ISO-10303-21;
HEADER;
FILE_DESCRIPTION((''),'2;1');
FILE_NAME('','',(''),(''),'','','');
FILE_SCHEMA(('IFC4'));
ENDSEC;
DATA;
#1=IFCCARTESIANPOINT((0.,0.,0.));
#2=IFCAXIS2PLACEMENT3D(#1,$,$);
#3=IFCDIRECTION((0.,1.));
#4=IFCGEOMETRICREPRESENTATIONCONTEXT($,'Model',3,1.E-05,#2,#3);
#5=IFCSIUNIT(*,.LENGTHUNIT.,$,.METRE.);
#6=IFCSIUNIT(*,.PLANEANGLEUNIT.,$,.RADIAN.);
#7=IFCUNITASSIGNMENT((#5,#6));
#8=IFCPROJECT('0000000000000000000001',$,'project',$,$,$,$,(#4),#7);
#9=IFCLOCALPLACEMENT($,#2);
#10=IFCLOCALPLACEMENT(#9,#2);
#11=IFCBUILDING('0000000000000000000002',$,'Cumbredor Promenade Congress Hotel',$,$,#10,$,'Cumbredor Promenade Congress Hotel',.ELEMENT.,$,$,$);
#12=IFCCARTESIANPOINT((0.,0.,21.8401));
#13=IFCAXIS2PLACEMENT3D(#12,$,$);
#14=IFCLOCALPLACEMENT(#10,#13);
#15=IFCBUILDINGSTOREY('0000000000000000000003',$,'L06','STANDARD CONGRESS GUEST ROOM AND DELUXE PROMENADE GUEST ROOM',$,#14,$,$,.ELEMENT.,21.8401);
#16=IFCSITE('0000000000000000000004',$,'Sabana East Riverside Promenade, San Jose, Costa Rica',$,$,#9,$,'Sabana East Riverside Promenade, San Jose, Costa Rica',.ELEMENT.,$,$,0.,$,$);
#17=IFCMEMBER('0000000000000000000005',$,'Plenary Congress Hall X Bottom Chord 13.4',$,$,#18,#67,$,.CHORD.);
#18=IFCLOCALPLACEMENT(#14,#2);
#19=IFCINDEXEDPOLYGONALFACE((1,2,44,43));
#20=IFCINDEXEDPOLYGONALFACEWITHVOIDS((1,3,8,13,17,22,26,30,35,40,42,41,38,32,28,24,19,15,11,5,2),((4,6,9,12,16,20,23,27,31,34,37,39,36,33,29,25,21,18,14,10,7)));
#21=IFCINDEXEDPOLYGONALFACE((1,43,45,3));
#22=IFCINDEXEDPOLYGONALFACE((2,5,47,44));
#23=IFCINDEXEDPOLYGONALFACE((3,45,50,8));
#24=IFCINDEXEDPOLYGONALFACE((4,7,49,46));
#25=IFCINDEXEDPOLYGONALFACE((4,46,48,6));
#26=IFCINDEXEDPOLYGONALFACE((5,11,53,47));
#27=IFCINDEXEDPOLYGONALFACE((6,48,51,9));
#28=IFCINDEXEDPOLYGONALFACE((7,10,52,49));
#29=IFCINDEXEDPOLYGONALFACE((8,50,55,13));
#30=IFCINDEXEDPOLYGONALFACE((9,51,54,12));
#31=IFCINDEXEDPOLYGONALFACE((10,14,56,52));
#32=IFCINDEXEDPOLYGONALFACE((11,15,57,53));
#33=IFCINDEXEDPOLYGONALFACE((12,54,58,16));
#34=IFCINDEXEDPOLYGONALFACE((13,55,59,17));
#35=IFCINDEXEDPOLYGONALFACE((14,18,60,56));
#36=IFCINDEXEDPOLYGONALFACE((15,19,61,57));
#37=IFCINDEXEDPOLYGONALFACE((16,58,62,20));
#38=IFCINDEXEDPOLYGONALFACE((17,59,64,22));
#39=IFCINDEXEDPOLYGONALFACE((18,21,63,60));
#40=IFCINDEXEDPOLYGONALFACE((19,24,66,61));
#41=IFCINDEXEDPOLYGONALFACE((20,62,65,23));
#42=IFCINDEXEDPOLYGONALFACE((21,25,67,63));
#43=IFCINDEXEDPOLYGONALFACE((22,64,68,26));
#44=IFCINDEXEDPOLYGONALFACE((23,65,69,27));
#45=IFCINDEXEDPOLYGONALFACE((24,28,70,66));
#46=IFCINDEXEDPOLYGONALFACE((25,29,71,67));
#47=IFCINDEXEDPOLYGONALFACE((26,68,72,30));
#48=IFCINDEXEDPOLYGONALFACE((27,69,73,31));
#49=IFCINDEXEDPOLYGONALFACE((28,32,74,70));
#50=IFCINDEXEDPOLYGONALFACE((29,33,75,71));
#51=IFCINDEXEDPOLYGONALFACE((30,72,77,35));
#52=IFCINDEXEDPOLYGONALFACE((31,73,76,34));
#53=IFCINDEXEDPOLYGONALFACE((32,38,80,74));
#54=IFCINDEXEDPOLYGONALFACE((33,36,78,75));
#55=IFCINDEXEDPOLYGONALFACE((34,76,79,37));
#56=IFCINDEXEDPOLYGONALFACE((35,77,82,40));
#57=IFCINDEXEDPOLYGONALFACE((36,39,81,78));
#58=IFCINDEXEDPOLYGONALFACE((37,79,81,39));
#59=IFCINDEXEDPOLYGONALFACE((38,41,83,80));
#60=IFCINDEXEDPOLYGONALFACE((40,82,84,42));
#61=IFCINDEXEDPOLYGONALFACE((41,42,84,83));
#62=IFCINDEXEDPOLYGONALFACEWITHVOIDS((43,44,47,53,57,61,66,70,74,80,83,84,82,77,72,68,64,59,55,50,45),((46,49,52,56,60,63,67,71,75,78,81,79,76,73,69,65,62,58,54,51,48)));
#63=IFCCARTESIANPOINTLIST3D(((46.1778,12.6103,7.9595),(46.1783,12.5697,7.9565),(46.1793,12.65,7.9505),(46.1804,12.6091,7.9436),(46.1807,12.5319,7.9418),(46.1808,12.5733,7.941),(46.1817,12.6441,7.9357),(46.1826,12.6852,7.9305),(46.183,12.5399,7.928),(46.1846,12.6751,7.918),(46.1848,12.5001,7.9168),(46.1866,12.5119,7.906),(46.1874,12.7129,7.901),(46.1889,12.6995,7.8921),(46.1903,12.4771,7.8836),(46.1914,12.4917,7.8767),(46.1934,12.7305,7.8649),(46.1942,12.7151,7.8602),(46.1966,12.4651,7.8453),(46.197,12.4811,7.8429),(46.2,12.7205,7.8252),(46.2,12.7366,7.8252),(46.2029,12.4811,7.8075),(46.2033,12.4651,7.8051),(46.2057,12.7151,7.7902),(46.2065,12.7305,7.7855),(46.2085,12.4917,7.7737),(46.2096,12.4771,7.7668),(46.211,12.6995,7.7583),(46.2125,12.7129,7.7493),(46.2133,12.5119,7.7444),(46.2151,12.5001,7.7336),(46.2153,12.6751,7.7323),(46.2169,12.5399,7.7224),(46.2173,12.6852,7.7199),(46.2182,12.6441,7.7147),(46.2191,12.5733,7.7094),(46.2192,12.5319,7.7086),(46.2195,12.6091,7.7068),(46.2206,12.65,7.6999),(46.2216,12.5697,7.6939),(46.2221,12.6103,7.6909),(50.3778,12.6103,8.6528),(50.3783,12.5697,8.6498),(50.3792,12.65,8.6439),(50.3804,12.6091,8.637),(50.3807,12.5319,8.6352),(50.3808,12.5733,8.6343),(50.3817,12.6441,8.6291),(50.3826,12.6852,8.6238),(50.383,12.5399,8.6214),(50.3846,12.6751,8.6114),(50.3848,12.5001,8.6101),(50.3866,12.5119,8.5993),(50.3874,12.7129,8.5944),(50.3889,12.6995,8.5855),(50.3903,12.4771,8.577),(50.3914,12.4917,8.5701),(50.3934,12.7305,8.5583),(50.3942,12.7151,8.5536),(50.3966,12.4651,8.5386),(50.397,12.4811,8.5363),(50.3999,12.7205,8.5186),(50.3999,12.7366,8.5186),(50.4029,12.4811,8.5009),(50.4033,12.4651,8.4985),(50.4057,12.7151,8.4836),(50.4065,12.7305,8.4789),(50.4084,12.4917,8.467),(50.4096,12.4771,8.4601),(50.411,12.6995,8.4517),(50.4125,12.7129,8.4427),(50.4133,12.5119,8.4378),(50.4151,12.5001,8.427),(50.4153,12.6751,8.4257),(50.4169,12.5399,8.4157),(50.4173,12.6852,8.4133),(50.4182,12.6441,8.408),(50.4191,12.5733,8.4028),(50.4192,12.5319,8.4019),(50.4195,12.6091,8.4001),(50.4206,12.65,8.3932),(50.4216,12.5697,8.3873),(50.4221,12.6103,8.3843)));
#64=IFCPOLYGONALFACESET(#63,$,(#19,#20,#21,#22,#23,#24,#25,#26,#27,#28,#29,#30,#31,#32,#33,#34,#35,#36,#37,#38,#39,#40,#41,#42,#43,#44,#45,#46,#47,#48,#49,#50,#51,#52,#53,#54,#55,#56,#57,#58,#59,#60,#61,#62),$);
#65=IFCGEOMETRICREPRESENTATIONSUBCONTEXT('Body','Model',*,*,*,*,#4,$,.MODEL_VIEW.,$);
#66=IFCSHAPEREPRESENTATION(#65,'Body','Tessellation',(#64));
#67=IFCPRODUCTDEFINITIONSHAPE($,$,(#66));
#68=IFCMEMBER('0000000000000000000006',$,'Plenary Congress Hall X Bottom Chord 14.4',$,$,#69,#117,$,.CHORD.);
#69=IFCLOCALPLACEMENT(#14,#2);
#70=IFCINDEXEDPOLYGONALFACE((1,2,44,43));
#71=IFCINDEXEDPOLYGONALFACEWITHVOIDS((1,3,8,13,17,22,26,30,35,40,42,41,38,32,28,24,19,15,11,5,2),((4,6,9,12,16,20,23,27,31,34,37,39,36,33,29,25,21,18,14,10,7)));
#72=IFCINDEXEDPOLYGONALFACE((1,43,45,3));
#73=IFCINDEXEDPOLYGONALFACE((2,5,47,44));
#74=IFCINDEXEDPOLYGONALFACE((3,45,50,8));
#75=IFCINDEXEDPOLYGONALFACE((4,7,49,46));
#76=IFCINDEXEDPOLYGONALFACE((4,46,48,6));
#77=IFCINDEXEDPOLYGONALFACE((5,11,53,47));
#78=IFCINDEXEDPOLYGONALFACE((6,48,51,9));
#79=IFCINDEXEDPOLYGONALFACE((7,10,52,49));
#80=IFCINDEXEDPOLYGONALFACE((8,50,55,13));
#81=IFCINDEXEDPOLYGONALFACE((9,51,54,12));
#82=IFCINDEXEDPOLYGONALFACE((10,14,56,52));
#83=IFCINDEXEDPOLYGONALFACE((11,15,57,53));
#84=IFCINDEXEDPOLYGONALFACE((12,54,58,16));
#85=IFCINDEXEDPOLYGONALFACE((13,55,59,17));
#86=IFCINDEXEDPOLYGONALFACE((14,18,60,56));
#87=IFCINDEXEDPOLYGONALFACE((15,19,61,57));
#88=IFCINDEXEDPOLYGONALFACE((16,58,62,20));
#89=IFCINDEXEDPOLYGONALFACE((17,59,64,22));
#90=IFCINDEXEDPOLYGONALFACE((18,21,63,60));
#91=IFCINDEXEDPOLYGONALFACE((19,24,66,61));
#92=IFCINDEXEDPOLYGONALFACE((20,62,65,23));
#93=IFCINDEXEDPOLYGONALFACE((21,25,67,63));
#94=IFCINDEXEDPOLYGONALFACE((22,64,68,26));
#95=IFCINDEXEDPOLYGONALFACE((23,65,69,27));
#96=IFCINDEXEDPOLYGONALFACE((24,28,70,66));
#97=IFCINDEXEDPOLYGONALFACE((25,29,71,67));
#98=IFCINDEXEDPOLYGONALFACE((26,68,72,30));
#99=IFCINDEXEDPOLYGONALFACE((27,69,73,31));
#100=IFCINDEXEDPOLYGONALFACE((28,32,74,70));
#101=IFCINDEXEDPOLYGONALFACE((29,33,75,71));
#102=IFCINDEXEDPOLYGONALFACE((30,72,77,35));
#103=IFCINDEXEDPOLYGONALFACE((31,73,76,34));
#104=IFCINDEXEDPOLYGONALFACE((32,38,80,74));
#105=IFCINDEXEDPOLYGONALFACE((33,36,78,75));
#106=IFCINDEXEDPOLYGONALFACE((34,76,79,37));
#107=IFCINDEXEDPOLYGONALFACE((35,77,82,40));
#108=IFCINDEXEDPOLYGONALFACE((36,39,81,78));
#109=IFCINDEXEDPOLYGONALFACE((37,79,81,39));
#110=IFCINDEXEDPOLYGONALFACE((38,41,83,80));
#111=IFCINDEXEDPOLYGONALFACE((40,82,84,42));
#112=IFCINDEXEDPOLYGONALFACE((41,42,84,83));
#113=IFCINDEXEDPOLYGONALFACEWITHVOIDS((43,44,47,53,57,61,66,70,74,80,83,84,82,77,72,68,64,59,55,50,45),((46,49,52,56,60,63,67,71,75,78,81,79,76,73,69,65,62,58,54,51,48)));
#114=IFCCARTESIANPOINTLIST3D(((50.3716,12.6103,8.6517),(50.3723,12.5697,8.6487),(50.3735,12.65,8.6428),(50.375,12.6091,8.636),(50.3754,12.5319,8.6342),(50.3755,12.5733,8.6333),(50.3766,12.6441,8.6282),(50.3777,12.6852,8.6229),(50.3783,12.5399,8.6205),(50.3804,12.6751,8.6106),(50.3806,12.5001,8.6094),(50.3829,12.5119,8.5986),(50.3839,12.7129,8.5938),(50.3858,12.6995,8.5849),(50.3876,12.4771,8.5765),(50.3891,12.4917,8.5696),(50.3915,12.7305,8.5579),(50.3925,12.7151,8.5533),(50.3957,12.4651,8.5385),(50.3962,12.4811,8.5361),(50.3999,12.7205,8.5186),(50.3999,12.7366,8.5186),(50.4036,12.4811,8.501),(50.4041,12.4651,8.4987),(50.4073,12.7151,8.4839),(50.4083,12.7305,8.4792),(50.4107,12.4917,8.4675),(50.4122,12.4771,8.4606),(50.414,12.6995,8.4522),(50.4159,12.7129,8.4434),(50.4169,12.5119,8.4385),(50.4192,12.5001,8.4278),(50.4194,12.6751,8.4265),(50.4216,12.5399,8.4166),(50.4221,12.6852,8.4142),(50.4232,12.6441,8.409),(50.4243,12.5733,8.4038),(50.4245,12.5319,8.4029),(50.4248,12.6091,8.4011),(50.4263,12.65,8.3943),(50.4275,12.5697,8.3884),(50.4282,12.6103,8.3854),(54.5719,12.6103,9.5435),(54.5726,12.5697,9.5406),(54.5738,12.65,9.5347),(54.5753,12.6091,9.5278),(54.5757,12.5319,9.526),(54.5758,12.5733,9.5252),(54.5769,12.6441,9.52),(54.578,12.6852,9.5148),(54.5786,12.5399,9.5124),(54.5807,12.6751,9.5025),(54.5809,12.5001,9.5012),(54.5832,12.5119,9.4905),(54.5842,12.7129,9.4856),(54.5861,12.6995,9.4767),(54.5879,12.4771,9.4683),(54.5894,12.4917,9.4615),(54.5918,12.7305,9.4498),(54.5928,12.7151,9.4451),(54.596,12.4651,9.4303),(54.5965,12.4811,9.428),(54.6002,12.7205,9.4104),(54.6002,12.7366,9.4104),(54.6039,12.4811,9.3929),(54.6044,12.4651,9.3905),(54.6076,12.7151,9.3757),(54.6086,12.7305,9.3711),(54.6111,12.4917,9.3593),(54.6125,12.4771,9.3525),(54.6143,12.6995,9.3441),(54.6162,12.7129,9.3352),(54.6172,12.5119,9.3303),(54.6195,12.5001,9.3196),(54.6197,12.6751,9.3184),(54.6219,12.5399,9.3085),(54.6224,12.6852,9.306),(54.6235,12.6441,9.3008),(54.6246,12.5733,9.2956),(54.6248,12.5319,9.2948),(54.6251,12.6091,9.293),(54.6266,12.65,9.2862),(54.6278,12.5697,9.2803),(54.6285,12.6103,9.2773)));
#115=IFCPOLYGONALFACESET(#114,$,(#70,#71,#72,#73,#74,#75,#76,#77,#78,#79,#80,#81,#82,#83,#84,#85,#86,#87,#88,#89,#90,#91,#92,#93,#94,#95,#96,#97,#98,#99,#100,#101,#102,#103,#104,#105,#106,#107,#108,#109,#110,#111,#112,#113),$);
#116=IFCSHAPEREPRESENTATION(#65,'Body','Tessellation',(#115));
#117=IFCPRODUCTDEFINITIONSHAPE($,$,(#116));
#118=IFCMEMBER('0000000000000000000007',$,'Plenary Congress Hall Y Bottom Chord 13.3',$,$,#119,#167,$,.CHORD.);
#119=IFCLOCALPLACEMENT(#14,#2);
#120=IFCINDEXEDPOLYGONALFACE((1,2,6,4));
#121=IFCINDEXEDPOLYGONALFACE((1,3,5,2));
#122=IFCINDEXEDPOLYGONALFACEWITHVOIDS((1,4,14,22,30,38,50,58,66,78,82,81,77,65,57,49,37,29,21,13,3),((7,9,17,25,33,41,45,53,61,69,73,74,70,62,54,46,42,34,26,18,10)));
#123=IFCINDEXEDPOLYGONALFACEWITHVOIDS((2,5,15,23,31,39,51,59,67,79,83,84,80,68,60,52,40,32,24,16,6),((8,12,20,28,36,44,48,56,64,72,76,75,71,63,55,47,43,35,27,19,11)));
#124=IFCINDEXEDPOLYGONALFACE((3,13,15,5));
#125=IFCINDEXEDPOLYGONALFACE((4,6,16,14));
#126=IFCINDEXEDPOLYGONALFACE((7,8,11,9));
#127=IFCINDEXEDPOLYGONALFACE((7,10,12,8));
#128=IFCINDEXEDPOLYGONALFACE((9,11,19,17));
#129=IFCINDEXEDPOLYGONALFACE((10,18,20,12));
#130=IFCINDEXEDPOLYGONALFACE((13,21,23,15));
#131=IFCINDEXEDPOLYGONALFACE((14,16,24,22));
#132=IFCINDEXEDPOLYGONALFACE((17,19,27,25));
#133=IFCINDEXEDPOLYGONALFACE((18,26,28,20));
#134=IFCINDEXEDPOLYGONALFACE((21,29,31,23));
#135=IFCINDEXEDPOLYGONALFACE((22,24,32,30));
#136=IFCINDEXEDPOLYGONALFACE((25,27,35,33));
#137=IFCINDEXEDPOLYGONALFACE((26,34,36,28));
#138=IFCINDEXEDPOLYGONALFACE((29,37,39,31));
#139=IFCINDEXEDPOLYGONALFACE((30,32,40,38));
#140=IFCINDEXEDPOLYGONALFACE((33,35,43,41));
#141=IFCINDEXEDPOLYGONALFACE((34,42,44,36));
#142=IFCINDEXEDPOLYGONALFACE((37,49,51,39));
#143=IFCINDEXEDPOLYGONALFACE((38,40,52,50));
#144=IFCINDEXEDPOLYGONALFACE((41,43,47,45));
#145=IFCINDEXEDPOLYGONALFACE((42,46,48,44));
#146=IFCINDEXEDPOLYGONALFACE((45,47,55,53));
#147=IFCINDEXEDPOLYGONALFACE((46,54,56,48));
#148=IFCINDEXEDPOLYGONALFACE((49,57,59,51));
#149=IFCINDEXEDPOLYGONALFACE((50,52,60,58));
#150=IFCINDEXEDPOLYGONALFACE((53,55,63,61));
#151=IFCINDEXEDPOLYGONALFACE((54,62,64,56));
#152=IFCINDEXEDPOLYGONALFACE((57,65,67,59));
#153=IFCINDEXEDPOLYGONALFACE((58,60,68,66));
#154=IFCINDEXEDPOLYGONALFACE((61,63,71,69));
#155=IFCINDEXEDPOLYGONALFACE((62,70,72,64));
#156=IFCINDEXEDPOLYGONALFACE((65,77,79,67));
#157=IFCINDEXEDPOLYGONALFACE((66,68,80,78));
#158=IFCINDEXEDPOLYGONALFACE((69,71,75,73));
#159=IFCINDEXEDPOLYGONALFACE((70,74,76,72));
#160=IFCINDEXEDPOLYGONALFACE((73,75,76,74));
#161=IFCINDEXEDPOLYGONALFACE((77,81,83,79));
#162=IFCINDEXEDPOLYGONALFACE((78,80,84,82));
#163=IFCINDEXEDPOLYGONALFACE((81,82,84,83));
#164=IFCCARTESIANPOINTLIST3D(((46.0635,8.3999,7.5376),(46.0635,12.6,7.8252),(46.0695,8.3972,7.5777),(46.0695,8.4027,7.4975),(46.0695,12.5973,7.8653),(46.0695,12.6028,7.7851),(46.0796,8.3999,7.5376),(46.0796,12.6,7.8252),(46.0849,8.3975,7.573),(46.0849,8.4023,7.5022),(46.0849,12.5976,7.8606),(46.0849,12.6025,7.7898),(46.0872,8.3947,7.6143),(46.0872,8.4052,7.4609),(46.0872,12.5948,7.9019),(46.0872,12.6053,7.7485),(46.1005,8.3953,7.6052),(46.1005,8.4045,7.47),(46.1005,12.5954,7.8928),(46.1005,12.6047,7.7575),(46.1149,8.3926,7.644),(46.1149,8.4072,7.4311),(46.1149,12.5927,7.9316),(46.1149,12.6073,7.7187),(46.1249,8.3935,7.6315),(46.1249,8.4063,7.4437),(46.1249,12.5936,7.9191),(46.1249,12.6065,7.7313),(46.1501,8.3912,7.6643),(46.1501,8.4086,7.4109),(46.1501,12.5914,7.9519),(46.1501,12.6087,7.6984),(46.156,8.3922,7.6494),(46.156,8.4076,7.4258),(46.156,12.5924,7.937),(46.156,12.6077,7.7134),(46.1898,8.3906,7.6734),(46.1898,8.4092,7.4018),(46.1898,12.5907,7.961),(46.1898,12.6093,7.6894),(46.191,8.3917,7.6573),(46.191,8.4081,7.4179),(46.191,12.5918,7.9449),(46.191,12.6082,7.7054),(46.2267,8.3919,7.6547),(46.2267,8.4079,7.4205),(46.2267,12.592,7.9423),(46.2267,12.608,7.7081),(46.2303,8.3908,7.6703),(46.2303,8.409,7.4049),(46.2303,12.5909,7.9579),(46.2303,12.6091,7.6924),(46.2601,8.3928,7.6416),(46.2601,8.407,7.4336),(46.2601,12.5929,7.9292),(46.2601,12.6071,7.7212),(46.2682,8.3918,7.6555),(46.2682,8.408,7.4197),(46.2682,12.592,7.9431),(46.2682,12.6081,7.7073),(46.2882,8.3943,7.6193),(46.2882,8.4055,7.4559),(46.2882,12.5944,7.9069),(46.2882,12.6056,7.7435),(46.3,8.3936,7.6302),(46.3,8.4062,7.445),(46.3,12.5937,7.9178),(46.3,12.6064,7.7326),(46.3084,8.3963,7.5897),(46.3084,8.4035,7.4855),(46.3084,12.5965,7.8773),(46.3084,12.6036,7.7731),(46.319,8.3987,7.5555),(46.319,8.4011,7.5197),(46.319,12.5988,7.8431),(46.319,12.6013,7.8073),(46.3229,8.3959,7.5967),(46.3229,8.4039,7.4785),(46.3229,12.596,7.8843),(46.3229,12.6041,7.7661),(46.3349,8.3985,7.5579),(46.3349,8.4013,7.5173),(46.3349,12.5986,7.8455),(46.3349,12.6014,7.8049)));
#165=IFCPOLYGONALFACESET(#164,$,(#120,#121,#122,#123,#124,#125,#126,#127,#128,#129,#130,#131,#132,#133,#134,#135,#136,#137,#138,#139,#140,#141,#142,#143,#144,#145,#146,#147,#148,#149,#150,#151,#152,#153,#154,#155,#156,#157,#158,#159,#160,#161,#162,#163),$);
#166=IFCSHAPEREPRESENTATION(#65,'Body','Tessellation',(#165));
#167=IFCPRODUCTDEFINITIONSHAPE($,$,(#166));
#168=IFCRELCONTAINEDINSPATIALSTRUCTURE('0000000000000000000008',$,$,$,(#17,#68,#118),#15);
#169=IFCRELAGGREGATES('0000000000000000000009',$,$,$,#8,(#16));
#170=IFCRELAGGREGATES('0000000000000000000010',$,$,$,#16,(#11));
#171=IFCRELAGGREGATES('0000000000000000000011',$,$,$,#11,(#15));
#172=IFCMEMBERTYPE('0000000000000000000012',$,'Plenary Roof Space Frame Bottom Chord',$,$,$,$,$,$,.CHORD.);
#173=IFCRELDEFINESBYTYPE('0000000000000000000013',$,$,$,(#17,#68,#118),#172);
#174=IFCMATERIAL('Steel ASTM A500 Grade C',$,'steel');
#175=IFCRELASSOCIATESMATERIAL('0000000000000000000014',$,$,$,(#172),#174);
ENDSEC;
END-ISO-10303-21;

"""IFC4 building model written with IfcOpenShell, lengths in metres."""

from ifc_helpers import new_model, si_unit, direction, frame, origin, origin_2d, place, context, subcontext, project, spatial, hollow_circle, extrude, material, material_profile, profile_set, type_object, element, save


model = new_model("IFC4")

# Units and contexts
model_context = context("Model", 3, precision=1e-05, world=origin(), true_north=direction((0.0, 1.0)))
body_context = subcontext(model_context, "Body", "Model", "MODEL_VIEW")
ifc_project = project(units=[si_unit("LENGTHUNIT", "METRE"), si_unit("PLANEANGLEUNIT", "RADIAN")], contexts=[model_context])

# Site, building, storey
site_placement = place(None, origin())
site = spatial("IfcSite", under=ifc_project, at=site_placement, Name="Sabana East Riverside Promenade, San Jose, Costa Rica", LongName="Sabana East Riverside Promenade, San Jose, Costa Rica", CompositionType="ELEMENT", RefElevation=0.0)
building_placement = place(site_placement, origin())
building = spatial("IfcBuilding", under=site, at=building_placement, Name="Cumbredor Promenade Congress Hotel", LongName="Cumbredor Promenade Congress Hotel", CompositionType="ELEMENT")
storey_placement = place(building_placement, frame((0.0, 0.0, 21.8401)))
storey = spatial("IfcBuildingStorey", under=building, at=storey_placement, Name="L06", Description="STANDARD CONGRESS GUEST ROOM AND DELUXE PROMENADE GUEST ROOM", CompositionType="ELEMENT", Elevation=21.8401)

# Members
ifc_material_1 = material(Name="Steel ASTM A500 Grade C", Category="steel")
ifc_material_profile_1 = material_profile(ifc_material_1, hollow_circle(Radius=0.1365, WallThickness=0.0161, at=origin_2d()), Name="CHS 273.0x16")
ifc_profile_set_1 = profile_set([ifc_material_profile_1], Name="Steel ASTM A500 Grade C")
member_type_1 = type_object("IfcMemberType", Name="Plenary Roof Space Frame Bottom Chord", PredefinedType="CHORD", material=ifc_profile_set_1)
member_1_placement = place(storey_placement, frame((46.2, 12.6001, 7.8252), z_axis=(0.986645, 0.0, 0.162883), x_axis=(0.0, 1.0, 0.0)))
element("IfcMember", 1, at=member_1_placement, inside=storey, type_object=member_type_1, Name="Plenary Congress Hall X Bottom Chord 13.4", PredefinedType="CHORD", context=body_context, shape_type="SweptSolid", body=[
    extrude(hollow_circle(Radius=0.1365, WallThickness=0.0161, at=origin_2d()), origin(), (0.0, 0.0, 1.0), 4.2568),
])
member_2_placement = place(storey_placement, frame((50.3999, 12.6001, 8.5186), z_axis=(0.978192, 0.0, 0.207704), x_axis=(0.0, 1.0, 0.0)))
element("IfcMember", 2, at=member_2_placement, inside=storey, type_object=member_type_1, Name="Plenary Congress Hall X Bottom Chord 14.4", PredefinedType="CHORD", context=body_context, shape_type="SweptSolid", body=[
    extrude(hollow_circle(Radius=0.1365, WallThickness=0.0161, at=origin_2d()), origin(), (0.0, 0.0, 1.0), 4.2939),
])
member_3_placement = place(storey_placement, frame((46.2, 8.3999, 7.5376), z_axis=(0.0, 0.997664, 0.068312), x_axis=(-1.0, 0.0, 0.0)))
element("IfcMember", 3, at=member_3_placement, inside=storey, type_object=member_type_1, Name="Plenary Congress Hall Y Bottom Chord 13.3", PredefinedType="CHORD", context=body_context, shape_type="SweptSolid", body=[
    extrude(hollow_circle(Radius=0.1365, WallThickness=0.0161, at=origin_2d()), origin(), (0.0, 0.0, 1.0), 4.21),
])

save(model, "model.ifc")
